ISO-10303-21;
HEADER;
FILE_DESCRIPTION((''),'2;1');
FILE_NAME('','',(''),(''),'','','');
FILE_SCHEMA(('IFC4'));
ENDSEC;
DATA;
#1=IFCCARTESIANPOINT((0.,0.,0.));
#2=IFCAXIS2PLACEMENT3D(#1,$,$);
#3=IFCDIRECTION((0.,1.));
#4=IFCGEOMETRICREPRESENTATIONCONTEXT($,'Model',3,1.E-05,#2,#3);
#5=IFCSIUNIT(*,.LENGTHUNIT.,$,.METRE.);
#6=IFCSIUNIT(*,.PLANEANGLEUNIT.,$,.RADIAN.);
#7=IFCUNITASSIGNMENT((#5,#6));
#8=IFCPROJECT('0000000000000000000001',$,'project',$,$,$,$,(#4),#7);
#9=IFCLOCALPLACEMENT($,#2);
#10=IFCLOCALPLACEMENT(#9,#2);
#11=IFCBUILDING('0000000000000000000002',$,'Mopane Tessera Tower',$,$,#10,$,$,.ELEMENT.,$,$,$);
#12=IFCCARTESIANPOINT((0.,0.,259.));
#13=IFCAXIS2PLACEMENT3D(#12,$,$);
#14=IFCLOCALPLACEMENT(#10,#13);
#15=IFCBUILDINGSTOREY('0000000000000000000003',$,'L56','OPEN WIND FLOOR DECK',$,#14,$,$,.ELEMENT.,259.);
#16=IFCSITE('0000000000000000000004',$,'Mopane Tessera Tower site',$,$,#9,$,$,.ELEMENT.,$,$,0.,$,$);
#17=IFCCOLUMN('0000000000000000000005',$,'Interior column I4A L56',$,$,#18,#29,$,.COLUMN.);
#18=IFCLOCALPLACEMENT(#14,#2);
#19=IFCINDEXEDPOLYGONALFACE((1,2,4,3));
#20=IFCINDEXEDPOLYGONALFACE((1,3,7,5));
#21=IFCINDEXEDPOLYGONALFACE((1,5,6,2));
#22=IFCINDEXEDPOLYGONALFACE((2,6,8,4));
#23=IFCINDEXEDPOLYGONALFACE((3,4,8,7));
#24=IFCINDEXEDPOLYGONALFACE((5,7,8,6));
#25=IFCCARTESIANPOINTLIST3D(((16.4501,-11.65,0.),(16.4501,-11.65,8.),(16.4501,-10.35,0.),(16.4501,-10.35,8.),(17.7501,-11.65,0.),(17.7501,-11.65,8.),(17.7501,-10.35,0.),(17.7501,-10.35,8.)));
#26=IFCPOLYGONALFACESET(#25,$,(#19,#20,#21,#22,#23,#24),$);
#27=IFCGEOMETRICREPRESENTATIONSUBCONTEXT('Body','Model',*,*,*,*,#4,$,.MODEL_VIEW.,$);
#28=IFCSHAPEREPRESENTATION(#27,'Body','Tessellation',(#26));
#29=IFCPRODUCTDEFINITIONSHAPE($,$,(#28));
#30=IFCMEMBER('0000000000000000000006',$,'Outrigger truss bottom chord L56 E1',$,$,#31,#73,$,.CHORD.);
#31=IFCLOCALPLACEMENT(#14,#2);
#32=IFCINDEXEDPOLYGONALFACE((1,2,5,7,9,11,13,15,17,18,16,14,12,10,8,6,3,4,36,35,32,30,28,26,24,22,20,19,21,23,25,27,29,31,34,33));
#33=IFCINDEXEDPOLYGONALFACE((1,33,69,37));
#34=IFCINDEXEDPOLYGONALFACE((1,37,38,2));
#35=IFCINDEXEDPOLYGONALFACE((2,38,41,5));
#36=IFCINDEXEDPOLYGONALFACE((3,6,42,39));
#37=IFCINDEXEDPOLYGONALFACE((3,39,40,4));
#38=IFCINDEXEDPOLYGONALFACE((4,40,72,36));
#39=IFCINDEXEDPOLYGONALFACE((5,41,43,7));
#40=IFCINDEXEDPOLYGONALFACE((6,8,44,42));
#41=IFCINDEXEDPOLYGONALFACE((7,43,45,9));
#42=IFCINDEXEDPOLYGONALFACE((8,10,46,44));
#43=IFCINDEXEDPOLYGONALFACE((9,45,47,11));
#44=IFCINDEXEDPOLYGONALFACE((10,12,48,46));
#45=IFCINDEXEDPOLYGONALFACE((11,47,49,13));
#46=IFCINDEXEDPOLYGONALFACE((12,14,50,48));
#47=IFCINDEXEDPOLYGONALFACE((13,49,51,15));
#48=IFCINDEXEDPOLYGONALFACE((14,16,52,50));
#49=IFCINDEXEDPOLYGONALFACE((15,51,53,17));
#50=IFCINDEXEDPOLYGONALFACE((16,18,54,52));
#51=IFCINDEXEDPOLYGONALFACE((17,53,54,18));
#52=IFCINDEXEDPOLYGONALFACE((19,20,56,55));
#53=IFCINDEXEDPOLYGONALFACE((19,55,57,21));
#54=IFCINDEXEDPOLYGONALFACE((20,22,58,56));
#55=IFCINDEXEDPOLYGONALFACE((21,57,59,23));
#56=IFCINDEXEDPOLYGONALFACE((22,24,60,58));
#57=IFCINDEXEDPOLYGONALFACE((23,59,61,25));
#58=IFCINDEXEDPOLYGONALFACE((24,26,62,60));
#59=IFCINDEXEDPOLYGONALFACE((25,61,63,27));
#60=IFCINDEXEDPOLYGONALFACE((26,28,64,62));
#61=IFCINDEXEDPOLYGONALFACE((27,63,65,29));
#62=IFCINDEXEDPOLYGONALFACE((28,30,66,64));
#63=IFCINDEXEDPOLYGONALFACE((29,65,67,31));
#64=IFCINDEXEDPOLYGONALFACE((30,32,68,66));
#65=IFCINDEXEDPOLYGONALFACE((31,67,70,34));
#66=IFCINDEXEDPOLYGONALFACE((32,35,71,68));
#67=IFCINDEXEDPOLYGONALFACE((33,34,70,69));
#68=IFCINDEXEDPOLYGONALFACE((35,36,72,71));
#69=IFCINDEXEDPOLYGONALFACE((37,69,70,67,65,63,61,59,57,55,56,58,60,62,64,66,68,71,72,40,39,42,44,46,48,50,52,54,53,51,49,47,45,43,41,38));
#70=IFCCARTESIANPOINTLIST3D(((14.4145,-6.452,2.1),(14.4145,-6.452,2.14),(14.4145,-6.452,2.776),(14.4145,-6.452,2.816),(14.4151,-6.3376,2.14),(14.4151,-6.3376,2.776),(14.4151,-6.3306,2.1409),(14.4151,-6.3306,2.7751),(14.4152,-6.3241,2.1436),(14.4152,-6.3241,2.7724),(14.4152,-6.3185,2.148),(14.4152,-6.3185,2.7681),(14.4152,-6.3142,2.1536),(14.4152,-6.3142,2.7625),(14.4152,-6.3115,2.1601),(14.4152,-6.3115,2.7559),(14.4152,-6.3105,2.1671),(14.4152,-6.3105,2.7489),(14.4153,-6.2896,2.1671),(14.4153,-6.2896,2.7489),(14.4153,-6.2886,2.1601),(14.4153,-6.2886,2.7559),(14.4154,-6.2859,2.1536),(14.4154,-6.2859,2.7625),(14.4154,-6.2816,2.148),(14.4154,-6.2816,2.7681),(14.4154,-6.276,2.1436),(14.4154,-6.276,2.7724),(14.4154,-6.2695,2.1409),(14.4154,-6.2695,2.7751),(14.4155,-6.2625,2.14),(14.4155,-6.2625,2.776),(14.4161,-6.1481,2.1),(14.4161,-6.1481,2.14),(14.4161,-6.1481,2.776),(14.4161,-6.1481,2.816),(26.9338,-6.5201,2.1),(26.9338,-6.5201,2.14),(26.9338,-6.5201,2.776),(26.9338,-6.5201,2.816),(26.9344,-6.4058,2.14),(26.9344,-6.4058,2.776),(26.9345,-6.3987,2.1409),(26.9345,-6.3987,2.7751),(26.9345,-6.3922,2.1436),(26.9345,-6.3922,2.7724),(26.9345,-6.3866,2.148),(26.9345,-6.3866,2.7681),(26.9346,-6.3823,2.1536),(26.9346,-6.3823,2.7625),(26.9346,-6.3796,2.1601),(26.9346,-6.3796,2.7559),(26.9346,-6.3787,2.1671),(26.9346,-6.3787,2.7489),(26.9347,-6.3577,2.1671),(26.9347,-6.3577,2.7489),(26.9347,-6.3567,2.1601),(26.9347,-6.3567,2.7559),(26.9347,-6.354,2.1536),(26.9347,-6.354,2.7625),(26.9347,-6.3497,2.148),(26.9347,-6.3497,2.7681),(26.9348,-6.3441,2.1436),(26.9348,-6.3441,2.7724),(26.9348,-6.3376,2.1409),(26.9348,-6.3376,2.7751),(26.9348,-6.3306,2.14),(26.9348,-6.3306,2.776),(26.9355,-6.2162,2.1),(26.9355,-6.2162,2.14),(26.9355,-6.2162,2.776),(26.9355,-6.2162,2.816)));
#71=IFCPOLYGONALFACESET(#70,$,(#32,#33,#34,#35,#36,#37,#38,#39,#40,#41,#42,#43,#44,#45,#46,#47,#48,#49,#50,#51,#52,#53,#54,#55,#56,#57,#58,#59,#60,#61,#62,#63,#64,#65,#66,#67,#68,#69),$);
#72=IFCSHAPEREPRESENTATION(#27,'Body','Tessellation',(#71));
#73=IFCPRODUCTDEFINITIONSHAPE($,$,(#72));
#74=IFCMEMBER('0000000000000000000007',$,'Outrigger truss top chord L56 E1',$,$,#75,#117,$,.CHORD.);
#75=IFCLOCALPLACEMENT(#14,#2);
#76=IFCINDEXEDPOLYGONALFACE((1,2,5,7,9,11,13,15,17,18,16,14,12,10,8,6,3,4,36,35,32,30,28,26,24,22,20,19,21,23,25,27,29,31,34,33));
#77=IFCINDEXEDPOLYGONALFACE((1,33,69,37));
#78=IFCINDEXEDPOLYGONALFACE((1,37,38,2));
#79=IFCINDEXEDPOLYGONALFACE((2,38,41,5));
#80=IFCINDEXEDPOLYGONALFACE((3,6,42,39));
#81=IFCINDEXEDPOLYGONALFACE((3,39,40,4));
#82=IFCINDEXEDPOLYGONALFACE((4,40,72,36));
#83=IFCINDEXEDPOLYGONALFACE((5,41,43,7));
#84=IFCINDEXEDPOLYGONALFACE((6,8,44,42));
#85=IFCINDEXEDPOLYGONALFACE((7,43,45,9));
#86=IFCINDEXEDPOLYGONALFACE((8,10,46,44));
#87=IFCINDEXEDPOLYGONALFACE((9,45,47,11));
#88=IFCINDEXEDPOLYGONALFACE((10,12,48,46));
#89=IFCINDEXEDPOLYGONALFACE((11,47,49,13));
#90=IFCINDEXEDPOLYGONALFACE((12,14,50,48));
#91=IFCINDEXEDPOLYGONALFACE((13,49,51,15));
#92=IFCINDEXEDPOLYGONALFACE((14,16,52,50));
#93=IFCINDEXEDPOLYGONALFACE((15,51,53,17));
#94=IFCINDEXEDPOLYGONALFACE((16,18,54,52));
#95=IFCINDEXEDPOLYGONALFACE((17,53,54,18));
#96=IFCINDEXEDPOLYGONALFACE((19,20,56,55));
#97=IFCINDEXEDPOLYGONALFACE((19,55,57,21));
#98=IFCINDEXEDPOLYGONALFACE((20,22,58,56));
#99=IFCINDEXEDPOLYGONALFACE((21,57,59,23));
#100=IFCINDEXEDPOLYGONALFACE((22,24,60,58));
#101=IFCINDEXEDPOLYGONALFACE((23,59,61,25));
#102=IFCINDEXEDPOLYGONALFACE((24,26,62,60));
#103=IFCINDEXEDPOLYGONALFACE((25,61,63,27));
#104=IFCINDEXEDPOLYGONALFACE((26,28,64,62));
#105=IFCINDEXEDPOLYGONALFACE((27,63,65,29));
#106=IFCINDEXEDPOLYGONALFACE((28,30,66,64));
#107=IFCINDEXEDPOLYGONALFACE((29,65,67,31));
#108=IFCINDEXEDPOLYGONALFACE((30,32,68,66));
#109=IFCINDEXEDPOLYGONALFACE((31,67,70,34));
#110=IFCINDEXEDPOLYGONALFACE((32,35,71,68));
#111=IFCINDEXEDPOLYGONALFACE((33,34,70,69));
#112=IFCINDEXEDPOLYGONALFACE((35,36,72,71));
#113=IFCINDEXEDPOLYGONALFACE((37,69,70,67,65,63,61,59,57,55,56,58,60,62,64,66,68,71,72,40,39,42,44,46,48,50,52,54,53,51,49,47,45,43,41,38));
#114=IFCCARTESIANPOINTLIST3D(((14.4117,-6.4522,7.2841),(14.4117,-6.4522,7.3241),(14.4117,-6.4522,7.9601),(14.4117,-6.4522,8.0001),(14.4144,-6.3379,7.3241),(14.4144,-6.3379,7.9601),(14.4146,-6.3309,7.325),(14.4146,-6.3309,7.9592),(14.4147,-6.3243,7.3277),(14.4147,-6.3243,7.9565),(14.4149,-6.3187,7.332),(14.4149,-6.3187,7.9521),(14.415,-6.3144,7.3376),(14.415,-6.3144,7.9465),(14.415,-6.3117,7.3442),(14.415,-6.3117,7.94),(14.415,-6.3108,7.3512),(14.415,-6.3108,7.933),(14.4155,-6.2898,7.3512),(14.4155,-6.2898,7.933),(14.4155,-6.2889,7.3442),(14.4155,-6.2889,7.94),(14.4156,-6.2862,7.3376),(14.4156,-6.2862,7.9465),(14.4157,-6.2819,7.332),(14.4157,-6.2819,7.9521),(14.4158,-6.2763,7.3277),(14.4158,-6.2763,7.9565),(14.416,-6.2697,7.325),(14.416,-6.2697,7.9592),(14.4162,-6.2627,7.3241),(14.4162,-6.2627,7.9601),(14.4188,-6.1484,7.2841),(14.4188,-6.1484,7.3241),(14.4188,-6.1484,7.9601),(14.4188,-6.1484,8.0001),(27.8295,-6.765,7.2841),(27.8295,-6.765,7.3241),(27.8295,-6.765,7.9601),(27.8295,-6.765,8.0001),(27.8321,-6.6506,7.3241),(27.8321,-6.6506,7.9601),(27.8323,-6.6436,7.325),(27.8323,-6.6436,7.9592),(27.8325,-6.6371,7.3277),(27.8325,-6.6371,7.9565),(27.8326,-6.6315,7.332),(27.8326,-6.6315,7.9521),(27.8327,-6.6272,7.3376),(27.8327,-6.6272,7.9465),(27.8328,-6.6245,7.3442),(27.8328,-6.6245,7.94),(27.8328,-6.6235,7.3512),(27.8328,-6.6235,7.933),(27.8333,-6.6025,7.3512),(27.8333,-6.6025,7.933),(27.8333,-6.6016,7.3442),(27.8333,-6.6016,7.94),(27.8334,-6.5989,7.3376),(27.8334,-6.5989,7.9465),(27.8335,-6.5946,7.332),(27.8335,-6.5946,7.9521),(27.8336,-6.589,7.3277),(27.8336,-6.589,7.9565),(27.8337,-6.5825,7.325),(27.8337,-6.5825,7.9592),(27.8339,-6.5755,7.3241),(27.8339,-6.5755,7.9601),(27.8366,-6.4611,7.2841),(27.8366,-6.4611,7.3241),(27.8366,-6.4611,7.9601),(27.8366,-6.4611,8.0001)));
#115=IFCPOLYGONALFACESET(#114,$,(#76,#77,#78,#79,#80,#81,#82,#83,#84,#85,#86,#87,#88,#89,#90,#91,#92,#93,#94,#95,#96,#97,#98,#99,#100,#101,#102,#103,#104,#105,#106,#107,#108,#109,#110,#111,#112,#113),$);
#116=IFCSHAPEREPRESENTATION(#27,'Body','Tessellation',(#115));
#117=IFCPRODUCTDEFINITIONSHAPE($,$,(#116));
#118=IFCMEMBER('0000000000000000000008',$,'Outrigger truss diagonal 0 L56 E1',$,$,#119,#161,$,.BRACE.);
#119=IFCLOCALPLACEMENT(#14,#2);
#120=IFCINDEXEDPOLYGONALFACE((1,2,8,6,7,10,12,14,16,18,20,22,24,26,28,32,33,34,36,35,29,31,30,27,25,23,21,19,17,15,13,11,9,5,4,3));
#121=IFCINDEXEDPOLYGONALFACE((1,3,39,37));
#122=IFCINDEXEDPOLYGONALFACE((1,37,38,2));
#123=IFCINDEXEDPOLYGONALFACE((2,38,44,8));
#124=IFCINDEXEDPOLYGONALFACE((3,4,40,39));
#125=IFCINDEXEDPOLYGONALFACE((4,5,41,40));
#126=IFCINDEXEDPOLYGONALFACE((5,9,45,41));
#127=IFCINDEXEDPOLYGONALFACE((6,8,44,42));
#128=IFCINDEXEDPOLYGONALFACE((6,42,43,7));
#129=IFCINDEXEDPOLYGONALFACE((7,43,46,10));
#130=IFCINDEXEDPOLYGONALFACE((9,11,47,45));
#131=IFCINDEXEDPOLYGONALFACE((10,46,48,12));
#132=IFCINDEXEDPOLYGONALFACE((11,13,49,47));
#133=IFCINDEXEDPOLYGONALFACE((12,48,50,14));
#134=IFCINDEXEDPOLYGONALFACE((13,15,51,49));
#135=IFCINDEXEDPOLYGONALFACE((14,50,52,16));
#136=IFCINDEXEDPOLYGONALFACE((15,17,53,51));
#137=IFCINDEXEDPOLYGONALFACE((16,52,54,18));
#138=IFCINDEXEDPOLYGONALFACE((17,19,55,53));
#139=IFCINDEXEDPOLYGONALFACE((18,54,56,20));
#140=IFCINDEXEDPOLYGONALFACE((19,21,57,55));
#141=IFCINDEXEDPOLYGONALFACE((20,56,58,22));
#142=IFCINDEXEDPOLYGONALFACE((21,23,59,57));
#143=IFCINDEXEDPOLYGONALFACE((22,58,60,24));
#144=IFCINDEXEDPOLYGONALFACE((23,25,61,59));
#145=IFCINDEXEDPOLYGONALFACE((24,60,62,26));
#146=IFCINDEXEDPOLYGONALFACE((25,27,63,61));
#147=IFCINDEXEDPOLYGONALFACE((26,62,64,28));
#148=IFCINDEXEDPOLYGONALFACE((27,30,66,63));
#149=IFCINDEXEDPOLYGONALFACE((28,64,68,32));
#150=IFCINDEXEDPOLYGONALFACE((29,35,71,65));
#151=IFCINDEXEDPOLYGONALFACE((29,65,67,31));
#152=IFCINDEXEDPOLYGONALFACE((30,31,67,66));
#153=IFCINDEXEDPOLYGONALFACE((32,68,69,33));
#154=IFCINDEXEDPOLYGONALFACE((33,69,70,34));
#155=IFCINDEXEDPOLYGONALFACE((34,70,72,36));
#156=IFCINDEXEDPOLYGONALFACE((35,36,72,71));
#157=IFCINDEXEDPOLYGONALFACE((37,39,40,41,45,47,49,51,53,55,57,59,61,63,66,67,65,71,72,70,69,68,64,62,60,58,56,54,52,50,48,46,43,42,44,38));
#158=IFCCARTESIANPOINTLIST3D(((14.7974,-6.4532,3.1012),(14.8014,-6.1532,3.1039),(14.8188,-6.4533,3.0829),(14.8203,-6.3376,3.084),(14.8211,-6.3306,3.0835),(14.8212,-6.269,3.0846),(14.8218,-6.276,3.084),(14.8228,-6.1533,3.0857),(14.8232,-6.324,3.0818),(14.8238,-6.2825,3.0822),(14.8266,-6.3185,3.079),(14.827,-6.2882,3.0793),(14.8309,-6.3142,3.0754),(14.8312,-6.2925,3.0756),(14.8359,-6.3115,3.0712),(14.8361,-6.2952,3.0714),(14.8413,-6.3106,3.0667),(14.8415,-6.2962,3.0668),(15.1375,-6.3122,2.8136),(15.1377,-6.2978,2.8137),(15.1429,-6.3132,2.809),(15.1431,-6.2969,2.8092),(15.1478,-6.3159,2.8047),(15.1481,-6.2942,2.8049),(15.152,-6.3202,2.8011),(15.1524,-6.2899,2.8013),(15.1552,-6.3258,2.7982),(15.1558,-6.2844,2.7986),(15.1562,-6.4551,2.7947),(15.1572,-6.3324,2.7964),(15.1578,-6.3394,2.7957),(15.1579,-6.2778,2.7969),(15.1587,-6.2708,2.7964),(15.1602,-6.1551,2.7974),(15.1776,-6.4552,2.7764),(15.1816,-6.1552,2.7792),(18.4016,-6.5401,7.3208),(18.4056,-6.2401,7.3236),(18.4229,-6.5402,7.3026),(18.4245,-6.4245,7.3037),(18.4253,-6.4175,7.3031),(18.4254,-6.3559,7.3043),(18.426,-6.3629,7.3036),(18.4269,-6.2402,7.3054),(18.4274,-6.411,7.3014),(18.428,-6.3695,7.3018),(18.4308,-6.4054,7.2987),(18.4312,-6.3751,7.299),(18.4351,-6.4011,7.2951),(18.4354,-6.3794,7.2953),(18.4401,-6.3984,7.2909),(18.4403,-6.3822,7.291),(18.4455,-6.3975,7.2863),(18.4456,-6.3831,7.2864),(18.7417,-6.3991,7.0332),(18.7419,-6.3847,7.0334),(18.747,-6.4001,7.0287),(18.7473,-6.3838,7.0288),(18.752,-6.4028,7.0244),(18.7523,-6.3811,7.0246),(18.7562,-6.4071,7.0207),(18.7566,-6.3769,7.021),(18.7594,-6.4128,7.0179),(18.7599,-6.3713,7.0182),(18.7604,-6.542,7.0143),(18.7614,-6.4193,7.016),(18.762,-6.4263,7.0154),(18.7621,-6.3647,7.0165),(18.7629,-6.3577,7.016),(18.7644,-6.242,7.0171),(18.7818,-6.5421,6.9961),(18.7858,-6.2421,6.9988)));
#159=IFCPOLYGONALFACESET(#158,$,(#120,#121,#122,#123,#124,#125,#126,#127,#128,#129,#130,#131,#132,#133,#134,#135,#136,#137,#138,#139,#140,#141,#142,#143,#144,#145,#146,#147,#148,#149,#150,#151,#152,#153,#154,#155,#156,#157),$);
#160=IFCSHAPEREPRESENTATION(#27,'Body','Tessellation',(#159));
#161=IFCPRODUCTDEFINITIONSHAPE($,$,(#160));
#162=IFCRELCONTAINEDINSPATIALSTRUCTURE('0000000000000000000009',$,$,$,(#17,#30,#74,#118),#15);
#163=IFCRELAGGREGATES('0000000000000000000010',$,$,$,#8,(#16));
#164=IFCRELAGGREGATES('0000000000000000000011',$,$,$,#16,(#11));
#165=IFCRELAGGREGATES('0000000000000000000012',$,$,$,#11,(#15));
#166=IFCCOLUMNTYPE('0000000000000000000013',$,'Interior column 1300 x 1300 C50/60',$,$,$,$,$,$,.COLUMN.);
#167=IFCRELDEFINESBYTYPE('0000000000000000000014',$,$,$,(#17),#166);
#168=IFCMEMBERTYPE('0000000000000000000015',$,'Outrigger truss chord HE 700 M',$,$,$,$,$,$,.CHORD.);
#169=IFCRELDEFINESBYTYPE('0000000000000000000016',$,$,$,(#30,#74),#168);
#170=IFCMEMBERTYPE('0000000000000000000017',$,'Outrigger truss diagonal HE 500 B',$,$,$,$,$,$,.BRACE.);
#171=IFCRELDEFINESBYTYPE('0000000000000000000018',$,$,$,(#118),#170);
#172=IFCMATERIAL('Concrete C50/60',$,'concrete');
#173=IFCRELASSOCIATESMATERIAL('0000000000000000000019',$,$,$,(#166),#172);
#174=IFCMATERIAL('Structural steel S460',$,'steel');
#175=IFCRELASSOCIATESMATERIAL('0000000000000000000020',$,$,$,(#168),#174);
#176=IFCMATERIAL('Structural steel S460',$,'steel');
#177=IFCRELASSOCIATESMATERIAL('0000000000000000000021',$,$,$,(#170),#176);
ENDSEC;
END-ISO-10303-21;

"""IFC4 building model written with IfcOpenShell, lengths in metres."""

from ifc_helpers import new_model, si_unit, direction, frame, origin, origin_2d, place, context, subcontext, project, spatial, rectangle, i_section, extrude, material, material_profile, profile_set, type_object, element, save


model = new_model("IFC4")

# Units and contexts
model_context = context("Model", 3, precision=1e-05, world=origin(), true_north=direction((0.0, 1.0)))
body_context = subcontext(model_context, "Body", "Model", "MODEL_VIEW")
ifc_project = project(units=[si_unit("LENGTHUNIT", "METRE"), si_unit("PLANEANGLEUNIT", "RADIAN")], contexts=[model_context])

# Site, building, storey
site_placement = place(None, origin())
site = spatial("IfcSite", under=ifc_project, at=site_placement, Name="Mopane Tessera Tower site", CompositionType="ELEMENT", RefElevation=0.0)
building_placement = place(site_placement, origin())
building = spatial("IfcBuilding", under=site, at=building_placement, Name="Mopane Tessera Tower", CompositionType="ELEMENT")
storey_placement = place(building_placement, frame((0.0, 0.0, 259.0)))
storey = spatial("IfcBuildingStorey", under=building, at=storey_placement, Name="L56", Description="OPEN WIND FLOOR DECK", CompositionType="ELEMENT", Elevation=259.0)

# Column
ifc_material_1 = material(Name="Concrete C50/60", Category="concrete")
ifc_material_profile_1 = material_profile(ifc_material_1, rectangle(XDim=1.3, YDim=1.3, at=origin_2d()))
ifc_profile_set_1 = profile_set([ifc_material_profile_1], Name="Concrete C50/60")
column_type = type_object("IfcColumnType", Name="Interior column 1300 x 1300 C50/60", PredefinedType="COLUMN", material=ifc_profile_set_1)
column_placement = place(storey_placement, frame((17.1001, -11.0, 0.0), z_axis=(0.0, 0.0, 1.0), x_axis=(1.0, 0.0, 0.0)))
element("IfcColumn", 1, at=column_placement, inside=storey, type_object=column_type, Name="Interior column I4A L56", PredefinedType="COLUMN", context=body_context, shape_type="SweptSolid", body=[
    extrude(rectangle(XDim=1.3, YDim=1.3, at=origin_2d()), origin(), (0.0, 0.0, 1.0), 8.0),
])

# Members
ifc_material_2 = material(Name="Structural steel S460", Category="steel")
ifc_material_profile_2 = material_profile(ifc_material_2, i_section(OverallWidth=0.304, OverallDepth=0.7161, WebThickness=0.021, FlangeThickness=0.04, FilletRadius=0.0271, at=origin_2d()))
ifc_profile_set_2 = profile_set([ifc_material_profile_2], Name="Structural steel S460")
member_type_1 = type_object("IfcMemberType", Name="Outrigger truss chord HE 700 M", PredefinedType="CHORD", material=ifc_profile_set_2)
member_1_placement = place(storey_placement, frame((14.4153, -6.3, 2.458), z_axis=(0.999985, -0.005441, 0.0), x_axis=(0.005441, 0.999985, 0.0)))
element("IfcMember", 2, at=member_1_placement, inside=storey, type_object=member_type_1, Name="Outrigger truss bottom chord L56 E1", PredefinedType="CHORD", context=body_context, shape_type="SweptSolid", body=[
    extrude(i_section(OverallWidth=0.304, OverallDepth=0.7161, WebThickness=0.021, FlangeThickness=0.04, FilletRadius=0.0271, at=origin_2d()), origin(), (0.0, 0.0, 1.0), 12.5195),
])
member_2_placement = place(storey_placement, frame((14.4153, -6.3003, 7.6421), z_axis=(0.999728, -0.023302, 0.0), x_axis=(0.023302, 0.999728, 0.0)))
element("IfcMember", 3, at=member_2_placement, inside=storey, type_object=member_type_1, Name="Outrigger truss top chord L56 E1", PredefinedType="CHORD", context=body_context, shape_type="SweptSolid", body=[
    extrude(i_section(OverallWidth=0.304, OverallDepth=0.7161, WebThickness=0.021, FlangeThickness=0.04, FilletRadius=0.0271, at=origin_2d()), origin(), (0.0, 0.0, 1.0), 13.4214),
])
ifc_material_3 = material(Name="Structural steel S460", Category="steel")
ifc_material_profile_3 = material_profile(ifc_material_3, i_section(OverallWidth=0.3, OverallDepth=0.5, WebThickness=0.0144, FlangeThickness=0.0281, FilletRadius=0.0271, at=origin_2d()))
ifc_profile_set_3 = profile_set([ifc_material_profile_3], Name="Structural steel S460")
member_type_2 = type_object("IfcMemberType", Name="Outrigger truss diagonal HE 500 B", PredefinedType="BRACE", material=ifc_profile_set_3)
member_3_placement = place(storey_placement, frame((14.9895, -6.3042, 2.9402), z_axis=(0.649396, -0.01566, 0.760289), x_axis=(0.013311, 0.999869, 0.009225)))
element("IfcMember", 4, at=member_3_placement, inside=storey, type_object=member_type_2, Name="Outrigger truss diagonal 0 L56 E1", PredefinedType="BRACE", context=body_context, shape_type="SweptSolid", body=[
    extrude(i_section(OverallWidth=0.3, OverallDepth=0.5, WebThickness=0.0144, FlangeThickness=0.0281, FilletRadius=0.0271, at=origin_2d()), origin(), (0.0, 0.0, 1.0), 5.55),
])

save(model, "model.ifc")
